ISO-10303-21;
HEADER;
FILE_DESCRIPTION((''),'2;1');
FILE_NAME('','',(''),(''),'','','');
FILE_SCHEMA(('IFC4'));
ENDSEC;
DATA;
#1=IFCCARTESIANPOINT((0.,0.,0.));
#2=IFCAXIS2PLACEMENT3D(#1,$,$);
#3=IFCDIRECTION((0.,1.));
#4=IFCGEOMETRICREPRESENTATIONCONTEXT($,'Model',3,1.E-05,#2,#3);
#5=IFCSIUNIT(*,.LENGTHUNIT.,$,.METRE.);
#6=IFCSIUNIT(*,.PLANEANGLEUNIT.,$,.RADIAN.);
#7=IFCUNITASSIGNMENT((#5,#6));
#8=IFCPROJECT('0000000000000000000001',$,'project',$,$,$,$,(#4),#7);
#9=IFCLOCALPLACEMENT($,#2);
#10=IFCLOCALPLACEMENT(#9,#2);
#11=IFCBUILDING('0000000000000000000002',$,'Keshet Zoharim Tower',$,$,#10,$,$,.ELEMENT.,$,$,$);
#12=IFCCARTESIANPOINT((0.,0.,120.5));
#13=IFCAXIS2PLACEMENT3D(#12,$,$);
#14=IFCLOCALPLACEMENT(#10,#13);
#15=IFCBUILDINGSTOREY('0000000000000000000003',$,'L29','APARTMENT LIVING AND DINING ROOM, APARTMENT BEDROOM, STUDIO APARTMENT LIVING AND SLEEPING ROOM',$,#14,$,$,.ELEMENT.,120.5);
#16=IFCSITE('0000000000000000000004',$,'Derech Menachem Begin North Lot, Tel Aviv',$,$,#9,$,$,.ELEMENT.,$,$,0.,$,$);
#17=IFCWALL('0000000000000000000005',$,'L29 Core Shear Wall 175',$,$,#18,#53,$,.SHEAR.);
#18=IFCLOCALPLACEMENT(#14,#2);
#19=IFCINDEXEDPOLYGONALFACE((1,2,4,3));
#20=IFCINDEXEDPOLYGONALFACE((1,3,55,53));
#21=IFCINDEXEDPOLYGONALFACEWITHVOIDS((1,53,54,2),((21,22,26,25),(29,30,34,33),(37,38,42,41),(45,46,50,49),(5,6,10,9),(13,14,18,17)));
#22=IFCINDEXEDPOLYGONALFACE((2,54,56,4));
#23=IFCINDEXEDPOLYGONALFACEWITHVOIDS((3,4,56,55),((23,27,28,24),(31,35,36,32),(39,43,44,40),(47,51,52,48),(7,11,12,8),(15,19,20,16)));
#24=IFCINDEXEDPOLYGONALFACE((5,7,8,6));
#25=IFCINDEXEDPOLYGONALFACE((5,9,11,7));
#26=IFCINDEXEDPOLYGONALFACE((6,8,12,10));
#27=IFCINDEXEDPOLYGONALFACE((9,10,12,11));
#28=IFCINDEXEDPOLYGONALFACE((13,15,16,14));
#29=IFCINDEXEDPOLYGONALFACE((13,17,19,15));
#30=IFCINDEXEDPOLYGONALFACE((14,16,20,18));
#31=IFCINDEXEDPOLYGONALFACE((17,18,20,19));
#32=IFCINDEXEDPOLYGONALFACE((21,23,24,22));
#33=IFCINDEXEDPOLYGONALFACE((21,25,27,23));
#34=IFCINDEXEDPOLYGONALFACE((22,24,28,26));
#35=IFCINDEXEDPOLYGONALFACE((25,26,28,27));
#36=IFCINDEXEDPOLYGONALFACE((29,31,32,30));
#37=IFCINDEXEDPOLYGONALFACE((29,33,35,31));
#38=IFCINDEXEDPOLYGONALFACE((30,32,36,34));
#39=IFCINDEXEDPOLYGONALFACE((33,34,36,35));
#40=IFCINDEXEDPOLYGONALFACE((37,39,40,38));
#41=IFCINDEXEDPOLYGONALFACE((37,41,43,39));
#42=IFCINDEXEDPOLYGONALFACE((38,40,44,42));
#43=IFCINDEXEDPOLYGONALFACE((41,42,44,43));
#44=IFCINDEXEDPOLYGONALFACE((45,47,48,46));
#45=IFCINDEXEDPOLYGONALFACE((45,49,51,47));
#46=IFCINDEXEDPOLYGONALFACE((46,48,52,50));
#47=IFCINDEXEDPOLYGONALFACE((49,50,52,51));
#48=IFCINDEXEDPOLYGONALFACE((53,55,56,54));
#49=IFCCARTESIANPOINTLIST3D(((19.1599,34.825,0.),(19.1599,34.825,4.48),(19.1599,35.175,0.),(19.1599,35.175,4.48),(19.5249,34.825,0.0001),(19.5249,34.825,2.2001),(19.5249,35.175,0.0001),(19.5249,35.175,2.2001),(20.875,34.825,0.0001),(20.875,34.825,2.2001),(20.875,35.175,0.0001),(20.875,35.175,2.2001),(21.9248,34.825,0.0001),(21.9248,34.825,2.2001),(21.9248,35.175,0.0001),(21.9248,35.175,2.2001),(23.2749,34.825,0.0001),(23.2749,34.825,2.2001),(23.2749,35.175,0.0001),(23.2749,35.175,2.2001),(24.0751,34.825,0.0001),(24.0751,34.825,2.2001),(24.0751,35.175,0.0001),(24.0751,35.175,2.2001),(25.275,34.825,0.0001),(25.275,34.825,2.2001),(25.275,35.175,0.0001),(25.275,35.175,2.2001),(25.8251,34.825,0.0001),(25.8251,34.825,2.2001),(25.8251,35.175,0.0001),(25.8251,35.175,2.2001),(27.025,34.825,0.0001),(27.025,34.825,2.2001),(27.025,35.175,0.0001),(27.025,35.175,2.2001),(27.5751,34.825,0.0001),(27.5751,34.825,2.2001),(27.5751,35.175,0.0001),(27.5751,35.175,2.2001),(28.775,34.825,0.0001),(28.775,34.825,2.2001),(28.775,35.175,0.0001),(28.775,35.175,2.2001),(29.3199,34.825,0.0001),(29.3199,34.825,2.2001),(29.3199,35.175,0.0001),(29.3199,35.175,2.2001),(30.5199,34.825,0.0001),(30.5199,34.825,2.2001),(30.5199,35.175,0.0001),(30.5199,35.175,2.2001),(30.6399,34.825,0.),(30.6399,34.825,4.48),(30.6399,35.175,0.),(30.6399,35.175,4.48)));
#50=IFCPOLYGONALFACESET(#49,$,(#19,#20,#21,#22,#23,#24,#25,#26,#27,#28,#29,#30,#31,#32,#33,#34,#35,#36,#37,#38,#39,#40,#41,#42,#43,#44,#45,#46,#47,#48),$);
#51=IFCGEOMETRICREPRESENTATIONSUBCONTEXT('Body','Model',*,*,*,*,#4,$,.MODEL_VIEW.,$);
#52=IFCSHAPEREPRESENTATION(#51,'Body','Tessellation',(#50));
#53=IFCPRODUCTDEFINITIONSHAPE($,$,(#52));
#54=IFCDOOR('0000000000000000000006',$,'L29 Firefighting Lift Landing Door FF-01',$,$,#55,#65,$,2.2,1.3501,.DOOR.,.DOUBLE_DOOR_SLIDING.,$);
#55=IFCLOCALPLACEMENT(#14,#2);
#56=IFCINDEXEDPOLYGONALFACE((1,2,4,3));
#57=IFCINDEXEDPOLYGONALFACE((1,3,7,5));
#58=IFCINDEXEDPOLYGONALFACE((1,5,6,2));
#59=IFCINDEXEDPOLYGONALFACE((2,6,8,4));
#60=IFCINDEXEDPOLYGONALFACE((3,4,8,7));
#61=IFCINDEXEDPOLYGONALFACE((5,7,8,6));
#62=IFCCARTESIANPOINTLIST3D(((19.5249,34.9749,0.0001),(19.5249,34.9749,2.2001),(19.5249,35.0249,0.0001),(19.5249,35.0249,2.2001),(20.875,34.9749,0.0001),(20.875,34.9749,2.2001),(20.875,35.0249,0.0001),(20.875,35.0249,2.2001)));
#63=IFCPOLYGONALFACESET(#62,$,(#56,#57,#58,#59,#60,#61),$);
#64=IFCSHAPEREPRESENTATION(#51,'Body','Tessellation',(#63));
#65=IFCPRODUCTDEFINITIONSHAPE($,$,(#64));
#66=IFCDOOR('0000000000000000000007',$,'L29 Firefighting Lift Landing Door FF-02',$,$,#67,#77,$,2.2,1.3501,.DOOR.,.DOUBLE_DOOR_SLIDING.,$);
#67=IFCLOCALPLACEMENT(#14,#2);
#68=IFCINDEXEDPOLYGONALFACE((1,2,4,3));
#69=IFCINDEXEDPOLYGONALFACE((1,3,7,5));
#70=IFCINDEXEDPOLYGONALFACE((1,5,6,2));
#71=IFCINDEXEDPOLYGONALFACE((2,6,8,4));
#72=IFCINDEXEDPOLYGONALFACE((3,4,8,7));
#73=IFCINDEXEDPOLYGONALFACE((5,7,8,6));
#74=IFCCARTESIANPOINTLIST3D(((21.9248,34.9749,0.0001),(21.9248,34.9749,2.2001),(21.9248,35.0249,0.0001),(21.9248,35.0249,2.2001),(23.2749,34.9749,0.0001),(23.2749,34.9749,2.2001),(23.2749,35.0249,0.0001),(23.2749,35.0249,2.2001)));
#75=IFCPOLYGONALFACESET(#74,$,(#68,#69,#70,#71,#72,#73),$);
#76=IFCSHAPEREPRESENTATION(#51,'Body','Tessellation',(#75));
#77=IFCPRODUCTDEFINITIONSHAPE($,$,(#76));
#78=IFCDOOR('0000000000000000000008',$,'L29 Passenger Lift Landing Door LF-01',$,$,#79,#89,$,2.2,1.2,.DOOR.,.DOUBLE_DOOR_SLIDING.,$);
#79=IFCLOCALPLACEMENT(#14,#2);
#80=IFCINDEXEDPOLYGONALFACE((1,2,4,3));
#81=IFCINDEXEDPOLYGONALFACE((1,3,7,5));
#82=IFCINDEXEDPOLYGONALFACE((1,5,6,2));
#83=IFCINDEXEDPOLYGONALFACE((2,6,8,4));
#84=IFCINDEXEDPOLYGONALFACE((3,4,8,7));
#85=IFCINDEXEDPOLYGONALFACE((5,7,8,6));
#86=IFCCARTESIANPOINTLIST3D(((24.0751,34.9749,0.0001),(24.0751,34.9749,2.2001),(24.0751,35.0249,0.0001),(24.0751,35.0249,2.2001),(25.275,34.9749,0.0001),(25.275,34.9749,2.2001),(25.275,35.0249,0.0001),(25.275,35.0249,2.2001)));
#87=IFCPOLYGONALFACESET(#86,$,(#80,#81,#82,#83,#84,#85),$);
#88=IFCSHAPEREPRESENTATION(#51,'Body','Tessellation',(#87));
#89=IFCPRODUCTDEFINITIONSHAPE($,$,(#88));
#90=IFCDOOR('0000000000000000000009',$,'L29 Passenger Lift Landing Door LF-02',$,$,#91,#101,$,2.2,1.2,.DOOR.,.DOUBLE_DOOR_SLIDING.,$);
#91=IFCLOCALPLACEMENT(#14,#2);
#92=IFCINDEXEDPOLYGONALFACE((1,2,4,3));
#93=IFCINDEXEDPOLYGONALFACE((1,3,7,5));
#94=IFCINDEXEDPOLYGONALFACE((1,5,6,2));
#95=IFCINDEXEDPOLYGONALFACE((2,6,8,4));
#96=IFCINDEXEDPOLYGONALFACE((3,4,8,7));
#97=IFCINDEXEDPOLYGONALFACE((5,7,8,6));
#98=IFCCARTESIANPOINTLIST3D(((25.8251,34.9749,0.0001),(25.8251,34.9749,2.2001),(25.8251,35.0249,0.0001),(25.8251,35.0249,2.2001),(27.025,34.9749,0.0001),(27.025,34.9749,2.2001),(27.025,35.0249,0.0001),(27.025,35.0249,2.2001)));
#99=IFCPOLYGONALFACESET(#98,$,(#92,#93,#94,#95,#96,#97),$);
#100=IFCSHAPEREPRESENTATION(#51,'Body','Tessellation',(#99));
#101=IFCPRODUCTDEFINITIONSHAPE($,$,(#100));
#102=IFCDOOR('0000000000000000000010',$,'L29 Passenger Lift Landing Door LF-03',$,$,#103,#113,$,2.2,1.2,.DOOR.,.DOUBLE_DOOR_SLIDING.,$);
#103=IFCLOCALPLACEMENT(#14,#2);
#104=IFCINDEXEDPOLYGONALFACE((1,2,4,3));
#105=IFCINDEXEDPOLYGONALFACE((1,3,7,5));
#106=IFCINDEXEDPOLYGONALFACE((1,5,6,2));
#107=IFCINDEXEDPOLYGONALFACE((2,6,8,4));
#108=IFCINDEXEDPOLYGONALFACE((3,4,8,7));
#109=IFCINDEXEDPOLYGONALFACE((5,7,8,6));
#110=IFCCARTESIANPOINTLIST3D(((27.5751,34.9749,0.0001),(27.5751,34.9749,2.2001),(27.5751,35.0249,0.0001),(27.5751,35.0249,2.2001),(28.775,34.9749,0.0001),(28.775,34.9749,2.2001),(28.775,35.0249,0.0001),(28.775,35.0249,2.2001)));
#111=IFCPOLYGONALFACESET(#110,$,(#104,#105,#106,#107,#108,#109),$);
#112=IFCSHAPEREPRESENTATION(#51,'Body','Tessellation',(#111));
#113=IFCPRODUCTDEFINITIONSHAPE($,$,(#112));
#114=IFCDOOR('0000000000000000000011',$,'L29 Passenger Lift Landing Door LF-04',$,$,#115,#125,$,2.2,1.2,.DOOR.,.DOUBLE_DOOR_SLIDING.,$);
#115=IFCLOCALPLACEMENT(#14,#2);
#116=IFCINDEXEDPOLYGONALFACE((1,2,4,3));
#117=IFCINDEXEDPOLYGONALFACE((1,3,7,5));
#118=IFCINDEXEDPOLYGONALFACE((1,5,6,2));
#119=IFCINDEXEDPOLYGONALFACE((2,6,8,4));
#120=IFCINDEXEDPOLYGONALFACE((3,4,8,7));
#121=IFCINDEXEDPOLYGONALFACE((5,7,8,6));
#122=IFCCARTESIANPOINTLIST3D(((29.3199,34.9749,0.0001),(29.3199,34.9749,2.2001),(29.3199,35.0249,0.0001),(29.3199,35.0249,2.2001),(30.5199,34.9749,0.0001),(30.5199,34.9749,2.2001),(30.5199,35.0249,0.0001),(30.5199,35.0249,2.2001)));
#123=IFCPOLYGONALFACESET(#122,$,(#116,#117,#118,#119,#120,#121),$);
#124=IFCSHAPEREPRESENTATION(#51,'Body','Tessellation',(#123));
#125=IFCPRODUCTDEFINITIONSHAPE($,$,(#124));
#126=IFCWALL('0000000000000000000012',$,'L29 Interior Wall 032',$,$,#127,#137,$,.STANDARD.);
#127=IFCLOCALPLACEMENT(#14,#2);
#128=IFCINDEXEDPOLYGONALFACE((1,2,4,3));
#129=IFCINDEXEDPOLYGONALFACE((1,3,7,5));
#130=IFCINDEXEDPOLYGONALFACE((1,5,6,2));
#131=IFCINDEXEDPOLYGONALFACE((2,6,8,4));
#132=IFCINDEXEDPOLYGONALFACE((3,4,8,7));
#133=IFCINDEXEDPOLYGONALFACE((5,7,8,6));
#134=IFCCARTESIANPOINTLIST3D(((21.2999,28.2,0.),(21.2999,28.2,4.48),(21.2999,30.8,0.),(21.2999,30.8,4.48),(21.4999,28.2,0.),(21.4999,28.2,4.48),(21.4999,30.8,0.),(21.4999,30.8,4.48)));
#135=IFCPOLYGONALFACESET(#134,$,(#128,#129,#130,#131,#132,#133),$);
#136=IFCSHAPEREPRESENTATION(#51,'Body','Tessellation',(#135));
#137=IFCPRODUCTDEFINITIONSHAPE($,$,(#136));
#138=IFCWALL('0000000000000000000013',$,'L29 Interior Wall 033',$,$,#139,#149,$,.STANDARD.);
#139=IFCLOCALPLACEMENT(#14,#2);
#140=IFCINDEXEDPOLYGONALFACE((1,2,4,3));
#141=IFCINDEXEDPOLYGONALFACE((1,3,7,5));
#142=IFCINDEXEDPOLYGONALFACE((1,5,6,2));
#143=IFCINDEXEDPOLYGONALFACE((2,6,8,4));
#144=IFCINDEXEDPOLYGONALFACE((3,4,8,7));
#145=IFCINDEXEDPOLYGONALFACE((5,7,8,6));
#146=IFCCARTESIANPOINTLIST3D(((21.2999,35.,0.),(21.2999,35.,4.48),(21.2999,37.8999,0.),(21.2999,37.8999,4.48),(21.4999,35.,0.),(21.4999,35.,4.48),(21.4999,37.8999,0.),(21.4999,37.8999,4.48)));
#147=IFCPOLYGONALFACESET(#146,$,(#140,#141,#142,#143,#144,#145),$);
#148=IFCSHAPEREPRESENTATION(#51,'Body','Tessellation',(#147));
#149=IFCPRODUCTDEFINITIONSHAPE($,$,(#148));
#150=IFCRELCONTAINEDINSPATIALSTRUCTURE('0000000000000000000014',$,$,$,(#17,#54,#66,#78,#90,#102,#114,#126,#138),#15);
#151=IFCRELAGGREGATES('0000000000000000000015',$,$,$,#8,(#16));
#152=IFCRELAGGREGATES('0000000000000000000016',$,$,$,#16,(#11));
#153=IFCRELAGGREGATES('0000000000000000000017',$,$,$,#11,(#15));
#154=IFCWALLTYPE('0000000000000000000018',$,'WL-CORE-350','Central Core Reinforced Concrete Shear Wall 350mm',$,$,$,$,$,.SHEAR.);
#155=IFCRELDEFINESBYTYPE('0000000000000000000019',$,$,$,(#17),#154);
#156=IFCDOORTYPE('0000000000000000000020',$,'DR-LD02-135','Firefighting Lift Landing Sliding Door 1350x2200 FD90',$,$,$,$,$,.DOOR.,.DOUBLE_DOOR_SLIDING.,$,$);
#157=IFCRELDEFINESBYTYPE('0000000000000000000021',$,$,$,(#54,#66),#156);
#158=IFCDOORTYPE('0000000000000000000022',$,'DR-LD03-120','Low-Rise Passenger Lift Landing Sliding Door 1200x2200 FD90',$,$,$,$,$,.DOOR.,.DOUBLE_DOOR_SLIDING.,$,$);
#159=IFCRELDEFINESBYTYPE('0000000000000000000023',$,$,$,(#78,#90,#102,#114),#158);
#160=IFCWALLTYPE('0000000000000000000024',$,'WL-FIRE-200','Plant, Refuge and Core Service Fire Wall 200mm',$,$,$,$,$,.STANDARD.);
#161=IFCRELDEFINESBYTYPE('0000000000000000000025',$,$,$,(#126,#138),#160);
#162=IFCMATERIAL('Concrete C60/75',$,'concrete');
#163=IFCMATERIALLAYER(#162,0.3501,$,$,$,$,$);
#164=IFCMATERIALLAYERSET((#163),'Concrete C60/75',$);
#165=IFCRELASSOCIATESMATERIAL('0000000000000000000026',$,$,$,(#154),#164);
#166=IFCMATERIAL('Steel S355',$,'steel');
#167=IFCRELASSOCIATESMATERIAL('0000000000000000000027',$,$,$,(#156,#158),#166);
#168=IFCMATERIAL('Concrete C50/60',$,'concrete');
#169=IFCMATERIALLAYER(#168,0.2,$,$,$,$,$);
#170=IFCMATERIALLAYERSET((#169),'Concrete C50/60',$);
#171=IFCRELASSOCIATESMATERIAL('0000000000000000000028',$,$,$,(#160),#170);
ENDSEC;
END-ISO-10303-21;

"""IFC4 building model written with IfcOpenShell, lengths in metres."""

from ifc_helpers import new_model, si_unit, direction, frame, frame_2d, origin, place, context, subcontext, project, spatial, rectangle, extrude, material, layer, layer_set, type_object, element, fill, save


model = new_model("IFC4")

# Units and contexts
model_context = context("Model", 3, precision=1e-05, world=origin(), true_north=direction((0.0, 1.0)))
body_context = subcontext(model_context, "Body", "Model", "MODEL_VIEW")
ifc_project = project(units=[si_unit("LENGTHUNIT", "METRE"), si_unit("PLANEANGLEUNIT", "RADIAN")], contexts=[model_context])

# Site, building, storey
site_placement = place(None, origin())
site = spatial("IfcSite", under=ifc_project, at=site_placement, Name="Derech Menachem Begin North Lot, Tel Aviv", CompositionType="ELEMENT", RefElevation=0.0)
building_placement = place(site_placement, origin())
building = spatial("IfcBuilding", under=site, at=building_placement, Name="Keshet Zoharim Tower", CompositionType="ELEMENT")
storey_placement = place(building_placement, frame((0.0, 0.0, 120.5)))
storey = spatial("IfcBuildingStorey", under=building, at=storey_placement, Name="L29", Description="APARTMENT LIVING AND DINING ROOM, APARTMENT BEDROOM, STUDIO APARTMENT LIVING AND SLEEPING ROOM", CompositionType="ELEMENT", Elevation=120.5)

# Shared definitions
ifc_material_1 = material(Name="Concrete C60/75", Category="concrete")
ifc_layer_1 = layer(ifc_material_1, 0.3501)
ifc_layer_set_1 = layer_set([ifc_layer_1], Name="Concrete C60/75")
wall_type_1 = type_object("IfcWallType", Name="WL-CORE-350", Description="Central Core Reinforced Concrete Shear Wall 350mm", PredefinedType="SHEAR", material=ifc_layer_set_1)

# Shared definitions
ifc_material_2 = material(Name="Steel S355", Category="steel")

# Wall, openings, doors
wall_1_placement = place(storey_placement, frame((19.1599, 35.0, 0.0), z_axis=(0.0, 0.0, 1.0), x_axis=(1.0, 0.0, 0.0)))
wall_1 = element("IfcWall", 1, at=wall_1_placement, inside=storey, type_object=wall_type_1, Name="L29 Core Shear Wall 175", PredefinedType="SHEAR", context=body_context, shape_type="SweptSolid", body=[
    extrude(rectangle(XDim=11.48, YDim=0.3501, at=frame_2d((5.74, 0.0))), origin(), (0.0, 0.0, 1.0), 4.48),
])
opening_1_placement = place(wall_1_placement, frame((0.365, 0.0, 0.0)))
opening_1 = element("IfcOpeningElement", 2, at=opening_1_placement, cuts=wall_1, PredefinedType="OPENING", context=body_context, shape_type="SweptSolid", body=[
    extrude(rectangle(XDim=1.3501, YDim=2.2, at=frame_2d((0.675, 1.1001))), frame((0.0, 0.1851, 0.0), z_axis=(0.0, -1.0, 0.0), x_axis=(1.0, 0.0, 0.0)), (0.0, 0.0, 1.0), 0.3701),
])
opening_2_placement = place(wall_1_placement, frame((2.7649, 0.0, 0.0)))
opening_2 = element("IfcOpeningElement", 3, at=opening_2_placement, cuts=wall_1, PredefinedType="OPENING", context=body_context, shape_type="SweptSolid", body=[
    extrude(rectangle(XDim=1.3501, YDim=2.2, at=frame_2d((0.675, 1.1001))), frame((0.0, 0.1851, 0.0), z_axis=(0.0, -1.0, 0.0), x_axis=(1.0, 0.0, 0.0)), (0.0, 0.0, 1.0), 0.3701),
])
opening_3_placement = place(wall_1_placement, frame((4.915, 0.0, 0.0)))
opening_3 = element("IfcOpeningElement", 4, at=opening_3_placement, cuts=wall_1, PredefinedType="OPENING", context=body_context, shape_type="SweptSolid", body=[
    extrude(rectangle(XDim=1.2, YDim=2.2, at=frame_2d((0.6001, 1.1001))), frame((0.0, 0.1851, 0.0), z_axis=(0.0, -1.0, 0.0), x_axis=(1.0, 0.0, 0.0)), (0.0, 0.0, 1.0), 0.3701),
])
opening_4_placement = place(wall_1_placement, frame((6.665, 0.0, 0.0)))
opening_4 = element("IfcOpeningElement", 5, at=opening_4_placement, cuts=wall_1, PredefinedType="OPENING", context=body_context, shape_type="SweptSolid", body=[
    extrude(rectangle(XDim=1.2, YDim=2.2, at=frame_2d((0.6001, 1.1001))), frame((0.0, 0.1851, 0.0), z_axis=(0.0, -1.0, 0.0), x_axis=(1.0, 0.0, 0.0)), (0.0, 0.0, 1.0), 0.3701),
])
opening_5_placement = place(wall_1_placement, frame((8.415, 0.0, 0.0)))
opening_5 = element("IfcOpeningElement", 6, at=opening_5_placement, cuts=wall_1, PredefinedType="OPENING", context=body_context, shape_type="SweptSolid", body=[
    extrude(rectangle(XDim=1.2, YDim=2.2, at=frame_2d((0.6001, 1.1001))), frame((0.0, 0.1851, 0.0), z_axis=(0.0, -1.0, 0.0), x_axis=(1.0, 0.0, 0.0)), (0.0, 0.0, 1.0), 0.3701),
])
opening_6_placement = place(wall_1_placement, frame((10.1599, 0.0, 0.0)))
opening_6 = element("IfcOpeningElement", 7, at=opening_6_placement, cuts=wall_1, PredefinedType="OPENING", context=body_context, shape_type="SweptSolid", body=[
    extrude(rectangle(XDim=1.2, YDim=2.2, at=frame_2d((0.6001, 1.1001))), frame((0.0, 0.1851, 0.0), z_axis=(0.0, -1.0, 0.0), x_axis=(1.0, 0.0, 0.0)), (0.0, 0.0, 1.0), 0.3701),
])
door_type_1 = type_object("IfcDoorType", Name="DR-LD02-135", Description="Firefighting Lift Landing Sliding Door 1350x2200 FD90", OperationType="DOUBLE_DOOR_SLIDING", PredefinedType="DOOR", material=ifc_material_2)
door_1_placement = place(opening_1_placement, origin())
door_1 = element("IfcDoor", 8, at=door_1_placement, inside=storey, type_object=door_type_1, Name="L29 Firefighting Lift Landing Door FF-01", OperationType="DOUBLE_DOOR_SLIDING", OverallHeight=2.2, OverallWidth=1.3501, PredefinedType="DOOR", context=body_context, shape_type="SweptSolid", body=[
    extrude(rectangle(XDim=1.3501, YDim=2.2, at=frame_2d((0.675, 1.1001))), frame((0.0, 0.0249, 0.0), z_axis=(0.0, -1.0, 0.0), x_axis=(1.0, 0.0, 0.0)), (0.0, 0.0, 1.0), 0.05),
])
fill(opening_1, door_1)
door_2_placement = place(opening_2_placement, origin())
door_2 = element("IfcDoor", 9, at=door_2_placement, inside=storey, type_object=door_type_1, Name="L29 Firefighting Lift Landing Door FF-02", OperationType="DOUBLE_DOOR_SLIDING", OverallHeight=2.2, OverallWidth=1.3501, PredefinedType="DOOR", context=body_context, shape_type="SweptSolid", body=[
    extrude(rectangle(XDim=1.3501, YDim=2.2, at=frame_2d((0.675, 1.1001))), frame((0.0, 0.0249, 0.0), z_axis=(0.0, -1.0, 0.0), x_axis=(1.0, 0.0, 0.0)), (0.0, 0.0, 1.0), 0.05),
])
fill(opening_2, door_2)
door_type_2 = type_object("IfcDoorType", Name="DR-LD03-120", Description="Low-Rise Passenger Lift Landing Sliding Door 1200x2200 FD90", OperationType="DOUBLE_DOOR_SLIDING", PredefinedType="DOOR", material=ifc_material_2)
door_3_placement = place(opening_3_placement, origin())
door_3 = element("IfcDoor", 10, at=door_3_placement, inside=storey, type_object=door_type_2, Name="L29 Passenger Lift Landing Door LF-01", OperationType="DOUBLE_DOOR_SLIDING", OverallHeight=2.2, OverallWidth=1.2, PredefinedType="DOOR", context=body_context, shape_type="SweptSolid", body=[
    extrude(rectangle(XDim=1.2, YDim=2.2, at=frame_2d((0.6001, 1.1001))), frame((0.0, 0.0249, 0.0), z_axis=(0.0, -1.0, 0.0), x_axis=(1.0, 0.0, 0.0)), (0.0, 0.0, 1.0), 0.05),
])
fill(opening_3, door_3)
door_4_placement = place(opening_4_placement, origin())
door_4 = element("IfcDoor", 11, at=door_4_placement, inside=storey, type_object=door_type_2, Name="L29 Passenger Lift Landing Door LF-02", OperationType="DOUBLE_DOOR_SLIDING", OverallHeight=2.2, OverallWidth=1.2, PredefinedType="DOOR", context=body_context, shape_type="SweptSolid", body=[
    extrude(rectangle(XDim=1.2, YDim=2.2, at=frame_2d((0.6001, 1.1001))), frame((0.0, 0.0249, 0.0), z_axis=(0.0, -1.0, 0.0), x_axis=(1.0, 0.0, 0.0)), (0.0, 0.0, 1.0), 0.05),
])
fill(opening_4, door_4)
door_5_placement = place(opening_5_placement, origin())
door_5 = element("IfcDoor", 12, at=door_5_placement, inside=storey, type_object=door_type_2, Name="L29 Passenger Lift Landing Door LF-03", OperationType="DOUBLE_DOOR_SLIDING", OverallHeight=2.2, OverallWidth=1.2, PredefinedType="DOOR", context=body_context, shape_type="SweptSolid", body=[
    extrude(rectangle(XDim=1.2, YDim=2.2, at=frame_2d((0.6001, 1.1001))), frame((0.0, 0.0249, 0.0), z_axis=(0.0, -1.0, 0.0), x_axis=(1.0, 0.0, 0.0)), (0.0, 0.0, 1.0), 0.05),
])
fill(opening_5, door_5)
door_6_placement = place(opening_6_placement, origin())
door_6 = element("IfcDoor", 13, at=door_6_placement, inside=storey, type_object=door_type_2, Name="L29 Passenger Lift Landing Door LF-04", OperationType="DOUBLE_DOOR_SLIDING", OverallHeight=2.2, OverallWidth=1.2, PredefinedType="DOOR", context=body_context, shape_type="SweptSolid", body=[
    extrude(rectangle(XDim=1.2, YDim=2.2, at=frame_2d((0.6001, 1.1001))), frame((0.0, 0.0249, 0.0), z_axis=(0.0, -1.0, 0.0), x_axis=(1.0, 0.0, 0.0)), (0.0, 0.0, 1.0), 0.05),
])
fill(opening_6, door_6)

# Walls
ifc_material_3 = material(Name="Concrete C50/60", Category="concrete")
ifc_layer_2 = layer(ifc_material_3, 0.2)
ifc_layer_set_2 = layer_set([ifc_layer_2], Name="Concrete C50/60")
wall_type_2 = type_object("IfcWallType", Name="WL-FIRE-200", Description="Plant, Refuge and Core Service Fire Wall 200mm", PredefinedType="STANDARD", material=ifc_layer_set_2)
wall_2_placement = place(storey_placement, frame((21.3999, 28.2, 0.0), z_axis=(0.0, 0.0, 1.0), x_axis=(0.0, 1.0, 0.0)))
element("IfcWall", 14, at=wall_2_placement, inside=storey, type_object=wall_type_2, Name="L29 Interior Wall 032", PredefinedType="STANDARD", context=body_context, shape_type="SweptSolid", body=[
    extrude(rectangle(XDim=2.6001, YDim=0.2, at=frame_2d((1.3, 0.0))), origin(), (0.0, 0.0, 1.0), 4.48),
])
wall_3_placement = place(storey_placement, frame((21.3999, 35.0, 0.0), z_axis=(0.0, 0.0, 1.0), x_axis=(0.0, 1.0, 0.0)))
element("IfcWall", 15, at=wall_3_placement, inside=storey, type_object=wall_type_2, Name="L29 Interior Wall 033", PredefinedType="STANDARD", context=body_context, shape_type="SweptSolid", body=[
    extrude(rectangle(XDim=2.8999, YDim=0.2, at=frame_2d((1.45, 0.0))), origin(), (0.0, 0.0, 1.0), 4.48),
])

save(model, "model.ifc")
